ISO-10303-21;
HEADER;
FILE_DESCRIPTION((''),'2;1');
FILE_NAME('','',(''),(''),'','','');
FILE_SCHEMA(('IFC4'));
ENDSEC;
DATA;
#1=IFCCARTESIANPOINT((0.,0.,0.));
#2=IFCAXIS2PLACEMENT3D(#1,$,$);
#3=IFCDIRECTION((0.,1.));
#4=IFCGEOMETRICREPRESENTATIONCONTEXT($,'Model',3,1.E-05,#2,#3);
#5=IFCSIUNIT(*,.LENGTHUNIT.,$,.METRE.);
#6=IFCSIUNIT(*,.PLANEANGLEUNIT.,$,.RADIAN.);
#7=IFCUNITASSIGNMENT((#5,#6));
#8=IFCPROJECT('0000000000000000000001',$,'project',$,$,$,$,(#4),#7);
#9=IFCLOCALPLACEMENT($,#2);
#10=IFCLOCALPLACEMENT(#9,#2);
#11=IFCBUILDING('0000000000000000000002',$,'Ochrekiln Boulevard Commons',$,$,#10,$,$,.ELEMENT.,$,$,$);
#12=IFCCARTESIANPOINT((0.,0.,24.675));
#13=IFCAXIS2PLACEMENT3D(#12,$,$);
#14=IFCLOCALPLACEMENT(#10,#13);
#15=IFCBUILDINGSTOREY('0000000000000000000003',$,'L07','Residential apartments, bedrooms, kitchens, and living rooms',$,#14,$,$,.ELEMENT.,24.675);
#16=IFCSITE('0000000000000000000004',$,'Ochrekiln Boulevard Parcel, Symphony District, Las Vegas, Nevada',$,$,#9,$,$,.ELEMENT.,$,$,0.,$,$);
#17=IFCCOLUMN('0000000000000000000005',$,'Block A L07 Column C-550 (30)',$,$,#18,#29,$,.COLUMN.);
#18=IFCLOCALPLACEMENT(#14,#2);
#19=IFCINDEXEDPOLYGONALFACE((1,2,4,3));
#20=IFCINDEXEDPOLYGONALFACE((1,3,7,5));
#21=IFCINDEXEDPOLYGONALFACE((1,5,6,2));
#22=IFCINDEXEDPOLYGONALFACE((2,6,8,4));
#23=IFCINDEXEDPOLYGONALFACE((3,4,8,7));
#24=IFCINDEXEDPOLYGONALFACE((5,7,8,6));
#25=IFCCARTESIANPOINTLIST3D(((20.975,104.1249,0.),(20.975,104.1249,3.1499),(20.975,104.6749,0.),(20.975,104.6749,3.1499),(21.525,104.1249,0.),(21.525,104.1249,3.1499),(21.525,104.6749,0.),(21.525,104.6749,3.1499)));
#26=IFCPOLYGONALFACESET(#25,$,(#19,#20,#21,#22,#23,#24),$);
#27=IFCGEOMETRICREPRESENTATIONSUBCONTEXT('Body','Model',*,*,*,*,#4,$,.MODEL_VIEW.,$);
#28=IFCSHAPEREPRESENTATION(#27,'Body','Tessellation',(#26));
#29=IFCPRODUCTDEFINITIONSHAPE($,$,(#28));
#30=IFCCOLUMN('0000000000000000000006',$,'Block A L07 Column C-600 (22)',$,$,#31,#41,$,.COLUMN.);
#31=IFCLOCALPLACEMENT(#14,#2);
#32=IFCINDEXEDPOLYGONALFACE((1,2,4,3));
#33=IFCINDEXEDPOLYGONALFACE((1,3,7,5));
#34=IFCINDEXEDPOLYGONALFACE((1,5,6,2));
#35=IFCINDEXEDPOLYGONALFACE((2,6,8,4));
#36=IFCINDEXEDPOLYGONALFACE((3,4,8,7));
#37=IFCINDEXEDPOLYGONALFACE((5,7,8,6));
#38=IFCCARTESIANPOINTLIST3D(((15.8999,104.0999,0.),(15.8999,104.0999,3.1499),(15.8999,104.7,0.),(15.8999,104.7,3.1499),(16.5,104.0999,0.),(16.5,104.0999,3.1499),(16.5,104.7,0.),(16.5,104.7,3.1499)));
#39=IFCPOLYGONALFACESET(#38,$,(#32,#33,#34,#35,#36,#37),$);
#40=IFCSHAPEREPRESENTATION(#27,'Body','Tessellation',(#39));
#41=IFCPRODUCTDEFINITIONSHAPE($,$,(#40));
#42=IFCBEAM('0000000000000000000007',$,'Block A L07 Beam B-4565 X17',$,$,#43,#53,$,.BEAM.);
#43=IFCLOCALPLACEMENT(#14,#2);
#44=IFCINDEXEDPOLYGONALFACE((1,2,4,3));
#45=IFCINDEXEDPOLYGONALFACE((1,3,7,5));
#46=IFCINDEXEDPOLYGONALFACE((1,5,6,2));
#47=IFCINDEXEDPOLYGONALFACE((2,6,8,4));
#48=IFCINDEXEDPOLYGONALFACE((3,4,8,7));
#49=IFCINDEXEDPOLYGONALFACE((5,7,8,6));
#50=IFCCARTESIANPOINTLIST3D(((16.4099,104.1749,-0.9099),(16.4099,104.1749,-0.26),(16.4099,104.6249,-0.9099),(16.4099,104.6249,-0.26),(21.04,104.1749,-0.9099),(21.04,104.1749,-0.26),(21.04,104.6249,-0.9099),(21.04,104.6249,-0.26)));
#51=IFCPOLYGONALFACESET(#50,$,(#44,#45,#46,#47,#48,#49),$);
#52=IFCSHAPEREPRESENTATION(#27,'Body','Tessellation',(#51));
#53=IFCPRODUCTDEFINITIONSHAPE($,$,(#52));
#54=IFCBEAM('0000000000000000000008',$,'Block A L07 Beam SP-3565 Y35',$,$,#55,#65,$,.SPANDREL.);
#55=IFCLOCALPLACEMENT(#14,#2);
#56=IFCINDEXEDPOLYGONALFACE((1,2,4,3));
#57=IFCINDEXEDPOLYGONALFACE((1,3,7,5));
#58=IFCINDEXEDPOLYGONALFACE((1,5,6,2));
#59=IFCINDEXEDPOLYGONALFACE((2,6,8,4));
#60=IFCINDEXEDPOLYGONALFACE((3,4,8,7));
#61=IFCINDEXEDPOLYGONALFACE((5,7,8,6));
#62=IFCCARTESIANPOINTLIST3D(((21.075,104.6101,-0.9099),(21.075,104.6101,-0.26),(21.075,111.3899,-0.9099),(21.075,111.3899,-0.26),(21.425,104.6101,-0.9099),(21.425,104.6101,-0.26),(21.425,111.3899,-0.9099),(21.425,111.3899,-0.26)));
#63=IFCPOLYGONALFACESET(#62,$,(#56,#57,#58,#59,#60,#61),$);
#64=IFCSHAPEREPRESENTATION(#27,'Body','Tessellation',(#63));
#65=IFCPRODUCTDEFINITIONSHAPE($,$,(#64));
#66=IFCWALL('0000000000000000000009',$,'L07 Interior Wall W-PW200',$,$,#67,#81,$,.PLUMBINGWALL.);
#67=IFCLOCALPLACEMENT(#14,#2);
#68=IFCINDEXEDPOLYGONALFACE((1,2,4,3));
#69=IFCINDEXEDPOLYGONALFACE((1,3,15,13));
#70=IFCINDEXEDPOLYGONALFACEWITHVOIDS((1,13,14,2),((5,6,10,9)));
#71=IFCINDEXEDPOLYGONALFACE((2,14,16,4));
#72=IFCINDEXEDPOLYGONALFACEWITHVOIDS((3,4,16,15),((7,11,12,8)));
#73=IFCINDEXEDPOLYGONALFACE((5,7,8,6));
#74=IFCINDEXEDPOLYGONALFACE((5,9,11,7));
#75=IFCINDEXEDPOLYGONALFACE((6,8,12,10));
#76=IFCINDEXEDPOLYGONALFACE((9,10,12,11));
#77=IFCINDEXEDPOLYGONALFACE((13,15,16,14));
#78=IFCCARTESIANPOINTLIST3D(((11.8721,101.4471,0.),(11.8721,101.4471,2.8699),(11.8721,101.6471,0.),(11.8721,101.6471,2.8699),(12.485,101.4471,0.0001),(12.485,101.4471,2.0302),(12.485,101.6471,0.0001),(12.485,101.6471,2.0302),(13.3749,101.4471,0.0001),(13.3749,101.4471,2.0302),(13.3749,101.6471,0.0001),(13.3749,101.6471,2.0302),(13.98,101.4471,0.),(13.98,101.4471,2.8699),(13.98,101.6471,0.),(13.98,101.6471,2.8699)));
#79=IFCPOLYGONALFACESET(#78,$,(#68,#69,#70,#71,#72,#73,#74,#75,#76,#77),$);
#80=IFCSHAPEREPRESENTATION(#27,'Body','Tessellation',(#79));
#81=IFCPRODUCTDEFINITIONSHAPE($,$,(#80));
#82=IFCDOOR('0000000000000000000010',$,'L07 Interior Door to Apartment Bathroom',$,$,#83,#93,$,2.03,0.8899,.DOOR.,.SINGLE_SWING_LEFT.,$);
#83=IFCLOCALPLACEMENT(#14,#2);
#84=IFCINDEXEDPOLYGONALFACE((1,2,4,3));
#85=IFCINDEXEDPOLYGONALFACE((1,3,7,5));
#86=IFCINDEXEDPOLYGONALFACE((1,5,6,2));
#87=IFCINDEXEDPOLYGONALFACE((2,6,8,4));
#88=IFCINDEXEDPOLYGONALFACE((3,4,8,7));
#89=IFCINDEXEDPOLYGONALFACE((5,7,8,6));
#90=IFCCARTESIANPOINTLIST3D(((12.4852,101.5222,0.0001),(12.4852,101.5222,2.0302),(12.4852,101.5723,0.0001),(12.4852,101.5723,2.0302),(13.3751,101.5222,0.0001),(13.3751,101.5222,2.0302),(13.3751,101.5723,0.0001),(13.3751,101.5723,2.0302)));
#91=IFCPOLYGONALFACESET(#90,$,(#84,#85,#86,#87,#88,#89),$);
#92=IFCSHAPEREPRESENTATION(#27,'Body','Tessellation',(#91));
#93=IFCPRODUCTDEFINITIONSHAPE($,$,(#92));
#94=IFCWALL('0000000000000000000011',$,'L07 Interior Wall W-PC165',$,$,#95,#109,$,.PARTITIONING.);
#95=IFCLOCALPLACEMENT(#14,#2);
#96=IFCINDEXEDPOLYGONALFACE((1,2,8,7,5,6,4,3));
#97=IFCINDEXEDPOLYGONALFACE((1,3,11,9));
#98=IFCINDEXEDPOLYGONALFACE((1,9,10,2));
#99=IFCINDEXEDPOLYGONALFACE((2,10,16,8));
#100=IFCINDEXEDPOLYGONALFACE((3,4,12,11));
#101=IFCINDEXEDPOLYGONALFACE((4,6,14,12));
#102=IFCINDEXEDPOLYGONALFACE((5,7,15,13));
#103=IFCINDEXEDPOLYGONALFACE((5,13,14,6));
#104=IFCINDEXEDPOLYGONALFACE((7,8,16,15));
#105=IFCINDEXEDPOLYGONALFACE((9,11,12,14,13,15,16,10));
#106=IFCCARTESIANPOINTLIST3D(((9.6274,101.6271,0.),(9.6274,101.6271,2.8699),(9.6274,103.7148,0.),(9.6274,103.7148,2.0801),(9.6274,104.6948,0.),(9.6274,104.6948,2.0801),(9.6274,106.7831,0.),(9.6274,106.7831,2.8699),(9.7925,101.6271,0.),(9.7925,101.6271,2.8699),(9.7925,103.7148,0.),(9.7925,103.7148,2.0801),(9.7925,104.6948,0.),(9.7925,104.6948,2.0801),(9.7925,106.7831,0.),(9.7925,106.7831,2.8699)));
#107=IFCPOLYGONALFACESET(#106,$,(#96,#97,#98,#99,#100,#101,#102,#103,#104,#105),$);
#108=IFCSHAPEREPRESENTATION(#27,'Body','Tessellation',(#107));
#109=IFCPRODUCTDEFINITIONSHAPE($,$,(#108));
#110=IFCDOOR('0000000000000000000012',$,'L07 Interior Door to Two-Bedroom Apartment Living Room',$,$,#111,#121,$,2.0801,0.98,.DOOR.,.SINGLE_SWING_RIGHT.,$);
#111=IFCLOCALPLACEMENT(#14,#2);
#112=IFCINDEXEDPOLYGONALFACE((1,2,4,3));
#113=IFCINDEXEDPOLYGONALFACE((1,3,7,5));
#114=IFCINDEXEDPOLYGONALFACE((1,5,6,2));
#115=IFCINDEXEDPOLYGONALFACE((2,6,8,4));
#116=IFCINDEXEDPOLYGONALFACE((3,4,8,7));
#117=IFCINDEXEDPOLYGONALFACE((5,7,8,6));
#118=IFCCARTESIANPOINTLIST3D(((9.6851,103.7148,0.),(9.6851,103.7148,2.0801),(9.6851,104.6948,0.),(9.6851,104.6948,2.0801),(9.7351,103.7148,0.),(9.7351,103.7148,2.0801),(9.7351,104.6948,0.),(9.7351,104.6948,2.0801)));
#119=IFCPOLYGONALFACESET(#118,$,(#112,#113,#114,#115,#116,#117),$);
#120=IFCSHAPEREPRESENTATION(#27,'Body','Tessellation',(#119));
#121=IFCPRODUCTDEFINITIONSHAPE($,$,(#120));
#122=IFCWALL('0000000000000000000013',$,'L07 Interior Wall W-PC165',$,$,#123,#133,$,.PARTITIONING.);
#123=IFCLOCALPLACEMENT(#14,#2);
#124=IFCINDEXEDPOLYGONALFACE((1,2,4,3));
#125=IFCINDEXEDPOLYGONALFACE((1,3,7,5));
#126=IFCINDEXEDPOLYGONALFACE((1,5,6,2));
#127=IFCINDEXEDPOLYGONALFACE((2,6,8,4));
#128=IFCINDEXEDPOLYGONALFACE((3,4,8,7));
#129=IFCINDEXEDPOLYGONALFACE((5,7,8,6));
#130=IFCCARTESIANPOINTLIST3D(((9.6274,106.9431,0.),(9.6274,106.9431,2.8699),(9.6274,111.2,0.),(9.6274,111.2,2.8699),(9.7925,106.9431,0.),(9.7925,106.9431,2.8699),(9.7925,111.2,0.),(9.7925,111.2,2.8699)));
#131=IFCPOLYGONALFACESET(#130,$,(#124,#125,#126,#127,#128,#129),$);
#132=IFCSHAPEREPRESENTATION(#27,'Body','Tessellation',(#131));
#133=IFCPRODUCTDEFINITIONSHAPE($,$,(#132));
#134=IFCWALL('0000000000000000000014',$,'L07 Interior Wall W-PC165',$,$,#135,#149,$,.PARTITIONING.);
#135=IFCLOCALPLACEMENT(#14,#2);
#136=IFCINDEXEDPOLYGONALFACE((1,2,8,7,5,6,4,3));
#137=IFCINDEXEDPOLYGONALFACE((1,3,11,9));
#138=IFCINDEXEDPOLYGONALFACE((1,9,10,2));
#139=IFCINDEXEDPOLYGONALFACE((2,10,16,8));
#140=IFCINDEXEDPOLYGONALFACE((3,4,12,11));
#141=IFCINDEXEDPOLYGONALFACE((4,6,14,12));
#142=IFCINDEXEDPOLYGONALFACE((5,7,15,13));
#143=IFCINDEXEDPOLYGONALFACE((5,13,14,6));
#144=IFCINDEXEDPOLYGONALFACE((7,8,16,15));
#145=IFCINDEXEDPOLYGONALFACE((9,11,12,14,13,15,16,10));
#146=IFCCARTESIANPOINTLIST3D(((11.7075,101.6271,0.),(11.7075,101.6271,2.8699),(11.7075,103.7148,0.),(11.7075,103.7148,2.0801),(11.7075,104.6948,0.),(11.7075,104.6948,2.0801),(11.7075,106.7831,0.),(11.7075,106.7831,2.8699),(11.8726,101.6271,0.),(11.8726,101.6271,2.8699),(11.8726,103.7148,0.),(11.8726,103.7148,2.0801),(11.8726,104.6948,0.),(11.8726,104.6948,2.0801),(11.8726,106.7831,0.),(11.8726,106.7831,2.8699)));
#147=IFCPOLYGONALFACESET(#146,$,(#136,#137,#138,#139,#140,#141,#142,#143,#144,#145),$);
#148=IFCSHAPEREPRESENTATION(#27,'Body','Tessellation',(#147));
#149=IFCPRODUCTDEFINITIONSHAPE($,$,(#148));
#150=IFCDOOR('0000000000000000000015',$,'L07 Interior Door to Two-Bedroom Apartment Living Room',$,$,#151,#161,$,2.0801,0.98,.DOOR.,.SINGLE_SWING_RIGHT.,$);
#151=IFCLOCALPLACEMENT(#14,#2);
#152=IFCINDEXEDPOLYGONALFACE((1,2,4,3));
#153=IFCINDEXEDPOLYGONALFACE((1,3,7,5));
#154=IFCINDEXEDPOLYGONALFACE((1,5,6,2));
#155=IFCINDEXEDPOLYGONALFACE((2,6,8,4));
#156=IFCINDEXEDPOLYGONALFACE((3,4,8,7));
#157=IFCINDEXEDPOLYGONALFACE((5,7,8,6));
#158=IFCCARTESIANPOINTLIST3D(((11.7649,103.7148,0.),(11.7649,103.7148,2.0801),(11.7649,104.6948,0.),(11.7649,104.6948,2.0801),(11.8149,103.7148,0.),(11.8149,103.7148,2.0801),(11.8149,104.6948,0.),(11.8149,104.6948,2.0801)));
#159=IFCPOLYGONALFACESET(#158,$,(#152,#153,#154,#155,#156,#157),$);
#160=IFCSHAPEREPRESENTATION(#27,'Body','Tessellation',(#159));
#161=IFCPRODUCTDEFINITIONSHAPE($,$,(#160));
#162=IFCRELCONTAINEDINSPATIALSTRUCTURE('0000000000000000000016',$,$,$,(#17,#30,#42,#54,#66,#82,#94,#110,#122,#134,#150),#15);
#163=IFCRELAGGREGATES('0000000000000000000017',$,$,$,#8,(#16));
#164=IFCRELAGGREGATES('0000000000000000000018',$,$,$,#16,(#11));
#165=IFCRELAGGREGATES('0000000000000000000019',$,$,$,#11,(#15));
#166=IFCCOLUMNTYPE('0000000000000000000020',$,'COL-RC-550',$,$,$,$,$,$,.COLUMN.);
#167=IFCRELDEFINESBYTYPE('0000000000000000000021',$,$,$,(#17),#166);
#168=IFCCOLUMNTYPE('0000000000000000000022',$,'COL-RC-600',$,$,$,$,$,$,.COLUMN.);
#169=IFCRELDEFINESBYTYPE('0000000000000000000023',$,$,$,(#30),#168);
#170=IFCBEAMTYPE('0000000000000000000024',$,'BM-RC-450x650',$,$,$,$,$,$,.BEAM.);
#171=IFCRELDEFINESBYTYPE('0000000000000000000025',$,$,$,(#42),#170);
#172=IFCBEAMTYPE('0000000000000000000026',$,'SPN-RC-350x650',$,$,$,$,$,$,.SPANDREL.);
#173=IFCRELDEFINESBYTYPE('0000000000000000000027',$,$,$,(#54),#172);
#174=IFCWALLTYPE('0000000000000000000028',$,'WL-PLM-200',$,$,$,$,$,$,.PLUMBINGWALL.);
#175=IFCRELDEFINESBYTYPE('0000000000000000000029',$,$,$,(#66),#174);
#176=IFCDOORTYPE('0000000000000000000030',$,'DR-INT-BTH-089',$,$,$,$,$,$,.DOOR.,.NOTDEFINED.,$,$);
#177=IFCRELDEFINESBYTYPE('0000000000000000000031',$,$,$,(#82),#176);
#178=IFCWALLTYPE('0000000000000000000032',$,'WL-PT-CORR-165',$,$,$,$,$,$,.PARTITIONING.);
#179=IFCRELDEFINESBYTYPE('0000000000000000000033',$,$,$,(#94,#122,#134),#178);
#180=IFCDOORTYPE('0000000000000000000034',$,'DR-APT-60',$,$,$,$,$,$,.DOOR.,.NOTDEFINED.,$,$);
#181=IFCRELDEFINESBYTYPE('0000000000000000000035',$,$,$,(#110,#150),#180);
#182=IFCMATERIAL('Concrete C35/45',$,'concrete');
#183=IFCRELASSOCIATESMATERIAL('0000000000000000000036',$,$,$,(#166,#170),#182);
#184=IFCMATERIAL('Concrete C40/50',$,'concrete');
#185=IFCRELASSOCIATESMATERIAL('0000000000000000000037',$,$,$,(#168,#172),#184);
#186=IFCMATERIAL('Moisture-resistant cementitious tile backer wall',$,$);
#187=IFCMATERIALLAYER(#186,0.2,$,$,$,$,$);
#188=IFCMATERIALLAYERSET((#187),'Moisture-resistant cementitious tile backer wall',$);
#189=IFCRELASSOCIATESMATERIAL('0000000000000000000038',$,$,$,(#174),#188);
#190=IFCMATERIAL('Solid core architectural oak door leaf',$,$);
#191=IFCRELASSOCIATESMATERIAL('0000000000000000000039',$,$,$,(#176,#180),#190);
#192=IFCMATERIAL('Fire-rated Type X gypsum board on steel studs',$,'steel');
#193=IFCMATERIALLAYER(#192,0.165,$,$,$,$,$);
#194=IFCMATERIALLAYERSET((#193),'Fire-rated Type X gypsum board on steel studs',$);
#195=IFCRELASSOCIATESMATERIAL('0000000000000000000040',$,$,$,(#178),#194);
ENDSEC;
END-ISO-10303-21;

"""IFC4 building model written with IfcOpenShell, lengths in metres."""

from ifc_helpers import new_model, si_unit, direction, frame, frame_2d, origin, origin_2d, place, context, subcontext, project, spatial, rectangle, extrude, material, layer, layer_set, material_profile, profile_set, type_object, element, fill, save


model = new_model("IFC4")

# Units and contexts
model_context = context("Model", 3, precision=1e-05, world=origin(), true_north=direction((0.0, 1.0)))
body_context = subcontext(model_context, "Body", "Model", "MODEL_VIEW")
ifc_project = project(units=[si_unit("LENGTHUNIT", "METRE"), si_unit("PLANEANGLEUNIT", "RADIAN")], contexts=[model_context])

# Site, building, storey
site_placement = place(None, origin())
site = spatial("IfcSite", under=ifc_project, at=site_placement, Name="Ochrekiln Boulevard Parcel, Symphony District, Las Vegas, Nevada", CompositionType="ELEMENT", RefElevation=0.0)
building_placement = place(site_placement, origin())
building = spatial("IfcBuilding", under=site, at=building_placement, Name="Ochrekiln Boulevard Commons", CompositionType="ELEMENT")
storey_placement = place(building_placement, frame((0.0, 0.0, 24.675)))
storey = spatial("IfcBuildingStorey", under=building, at=storey_placement, Name="L07", Description="Residential apartments, bedrooms, kitchens, and living rooms", CompositionType="ELEMENT", Elevation=24.675)

# Columns
ifc_material_1 = material(Name="Concrete C35/45", Category="concrete")
ifc_material_profile_1 = material_profile(ifc_material_1, rectangle(XDim=0.55, YDim=0.55, at=origin_2d()), Name="RC-COL-550x550")
ifc_profile_set_1 = profile_set([ifc_material_profile_1], Name="Concrete C35/45")
column_type_1 = type_object("IfcColumnType", Name="COL-RC-550", PredefinedType="COLUMN", material=ifc_profile_set_1)
column_1_placement = place(storey_placement, frame((21.25, 104.3999, 0.0), z_axis=(0.0, 0.0, 1.0), x_axis=(1.0, 0.0, 0.0)))
element("IfcColumn", 1, at=column_1_placement, inside=storey, type_object=column_type_1, Name="Block A L07 Column C-550 (30)", PredefinedType="COLUMN", context=body_context, shape_type="SweptSolid", body=[
    extrude(rectangle(XDim=0.55, YDim=0.55, at=origin_2d()), origin(), (0.0, 0.0, 1.0), 3.1499),
])
ifc_material_2 = material(Name="Concrete C40/50", Category="concrete")
ifc_material_profile_2 = material_profile(ifc_material_2, rectangle(XDim=0.6001, YDim=0.6001, at=origin_2d()), Name="RC-COL-600x600")
ifc_profile_set_2 = profile_set([ifc_material_profile_2], Name="Concrete C40/50")
column_type_2 = type_object("IfcColumnType", Name="COL-RC-600", PredefinedType="COLUMN", material=ifc_profile_set_2)
column_2_placement = place(storey_placement, frame((16.2, 104.3999, 0.0), z_axis=(0.0, 0.0, 1.0), x_axis=(1.0, 0.0, 0.0)))
element("IfcColumn", 2, at=column_2_placement, inside=storey, type_object=column_type_2, Name="Block A L07 Column C-600 (22)", PredefinedType="COLUMN", context=body_context, shape_type="SweptSolid", body=[
    extrude(rectangle(XDim=0.6001, YDim=0.6001, at=origin_2d()), origin(), (0.0, 0.0, 1.0), 3.1499),
])

# Beams
ifc_material_profile_3 = material_profile(ifc_material_1, rectangle(XDim=0.45, YDim=0.6499, at=origin_2d()), Name="RC-BM-450x650")
ifc_profile_set_3 = profile_set([ifc_material_profile_3], Name="Concrete C35/45")
beam_type_1 = type_object("IfcBeamType", Name="BM-RC-450x650", PredefinedType="BEAM", material=ifc_profile_set_3)
beam_1_placement = place(storey_placement, frame((16.4099, 104.3999, -0.585), z_axis=(1.0, 0.0, 0.0), x_axis=(0.0, 1.0, 0.0)))
element("IfcBeam", 3, at=beam_1_placement, inside=storey, type_object=beam_type_1, Name="Block A L07 Beam B-4565 X17", PredefinedType="BEAM", context=body_context, shape_type="SweptSolid", body=[
    extrude(rectangle(XDim=0.45, YDim=0.6499, at=origin_2d()), origin(), (0.0, 0.0, 1.0), 4.6301),
])
ifc_material_profile_4 = material_profile(ifc_material_2, rectangle(XDim=0.3501, YDim=0.6499, at=origin_2d()), Name="RC-SPN-350x650")
ifc_profile_set_4 = profile_set([ifc_material_profile_4], Name="Concrete C40/50")
beam_type_2 = type_object("IfcBeamType", Name="SPN-RC-350x650", PredefinedType="SPANDREL", material=ifc_profile_set_4)
beam_2_placement = place(storey_placement, frame((21.25, 104.6101, -0.585), z_axis=(0.0, 1.0, 0.0), x_axis=(-1.0, 0.0, 0.0)))
element("IfcBeam", 4, at=beam_2_placement, inside=storey, type_object=beam_type_2, Name="Block A L07 Beam SP-3565 Y35", PredefinedType="SPANDREL", context=body_context, shape_type="SweptSolid", body=[
    extrude(rectangle(XDim=0.3501, YDim=0.6499, at=origin_2d()), origin(), (0.0, 0.0, 1.0), 6.7798),
])

# Walls, openings, doors
ifc_material_3 = material(Name="Moisture-resistant cementitious tile backer wall")
ifc_layer_1 = layer(ifc_material_3, 0.2)
ifc_layer_set_1 = layer_set([ifc_layer_1], Name="Moisture-resistant cementitious tile backer wall")
wall_type_1 = type_object("IfcWallType", Name="WL-PLM-200", PredefinedType="PLUMBINGWALL", material=ifc_layer_set_1)
wall_1_placement = place(storey_placement, frame((11.8721, 101.5471, 0.0), z_axis=(0.0, 0.0, 1.0), x_axis=(1.0, 0.0, 0.0)))
wall_1 = element("IfcWall", 5, at=wall_1_placement, inside=storey, type_object=wall_type_1, Name="L07 Interior Wall W-PW200", PredefinedType="PLUMBINGWALL", context=body_context, shape_type="SweptSolid", body=[
    extrude(rectangle(XDim=2.1079, YDim=0.2, at=frame_2d((1.054, 0.0))), origin(), (0.0, 0.0, 1.0), 2.8699),
])
opening_1_placement = place(wall_1_placement, frame((0.613, 0.0, 0.0)))
opening_1 = element("IfcOpeningElement", 6, at=opening_1_placement, cuts=wall_1, PredefinedType="OPENING", context=body_context, shape_type="SweptSolid", body=[
    extrude(rectangle(XDim=0.8899, YDim=2.03, at=frame_2d((0.4448, 1.0151))), frame((0.0, 0.1099, 0.0), z_axis=(0.0, -1.0, 0.0), x_axis=(1.0, 0.0, 0.0)), (0.0, 0.0, 1.0), 0.22),
])
ifc_material_4 = material(Name="Solid core architectural oak door leaf")
door_type_1 = type_object("IfcDoorType", Name="DR-INT-BTH-089", OperationType="NOTDEFINED", PredefinedType="DOOR", material=ifc_material_4)
door_1_placement = place(opening_1_placement, frame((0.8899, 0.0, 0.0), z_axis=(0.0, 0.0, 1.0), x_axis=(-1.0, 0.0, 0.0)))
door_1 = element("IfcDoor", 7, at=door_1_placement, inside=storey, type_object=door_type_1, Name="L07 Interior Door to Apartment Bathroom", OperationType="SINGLE_SWING_LEFT", OverallHeight=2.03, OverallWidth=0.8899, PredefinedType="DOOR", context=body_context, shape_type="SweptSolid", body=[
    extrude(rectangle(XDim=0.8899, YDim=2.03, at=frame_2d((0.4448, 1.0151))), frame((0.0, 0.0249, 0.0), z_axis=(0.0, -1.0, 0.0), x_axis=(1.0, 0.0, 0.0)), (0.0, 0.0, 1.0), 0.05),
])
fill(opening_1, door_1)
ifc_material_5 = material(Name="Fire-rated Type X gypsum board on steel studs", Category="steel")
ifc_layer_2 = layer(ifc_material_5, 0.165)
ifc_layer_set_2 = layer_set([ifc_layer_2], Name="Fire-rated Type X gypsum board on steel studs")
wall_type_2 = type_object("IfcWallType", Name="WL-PT-CORR-165", PredefinedType="PARTITIONING", material=ifc_layer_set_2)
wall_2_placement = place(storey_placement, frame((9.71, 101.627, 0.0), z_axis=(0.0, 0.0, 1.0), x_axis=(0.0, 1.0, 0.0)))
wall_2 = element("IfcWall", 8, at=wall_2_placement, inside=storey, type_object=wall_type_2, Name="L07 Interior Wall W-PC165", PredefinedType="PARTITIONING", context=body_context, shape_type="SweptSolid", body=[
    extrude(rectangle(XDim=5.156, YDim=0.165, at=frame_2d((2.5781, 0.0))), origin(), (0.0, 0.0, 1.0), 2.8699),
])
opening_2_placement = place(wall_2_placement, frame((2.0879, 0.0, 0.0)))
opening_2 = element("IfcOpeningElement", 9, at=opening_2_placement, cuts=wall_2, PredefinedType="OPENING", context=body_context, shape_type="SweptSolid", body=[
    extrude(rectangle(XDim=0.98, YDim=2.0801, at=frame_2d((0.49, 1.04))), frame((0.0, 0.0925, 0.0), z_axis=(0.0, -1.0, 0.0), x_axis=(1.0, 0.0, 0.0)), (0.0, 0.0, 1.0), 0.1851),
])
door_type_2 = type_object("IfcDoorType", Name="DR-APT-60", OperationType="NOTDEFINED", PredefinedType="DOOR", material=ifc_material_4)
door_2_placement = place(opening_2_placement, origin())
door_2 = element("IfcDoor", 10, at=door_2_placement, inside=storey, type_object=door_type_2, Name="L07 Interior Door to Two-Bedroom Apartment Living Room", OperationType="SINGLE_SWING_RIGHT", OverallHeight=2.0801, OverallWidth=0.98, PredefinedType="DOOR", context=body_context, shape_type="SweptSolid", body=[
    extrude(rectangle(XDim=0.98, YDim=2.0801, at=frame_2d((0.49, 1.04))), frame((0.0, 0.0249, 0.0), z_axis=(0.0, -1.0, 0.0), x_axis=(1.0, 0.0, 0.0)), (0.0, 0.0, 1.0), 0.05),
])
fill(opening_2, door_2)

# Wall
wall_3_placement = place(storey_placement, frame((9.71, 106.9431, 0.0), z_axis=(0.0, 0.0, 1.0), x_axis=(0.0, 1.0, 0.0)))
element("IfcWall", 11, at=wall_3_placement, inside=storey, type_object=wall_type_2, Name="L07 Interior Wall W-PC165", PredefinedType="PARTITIONING", context=body_context, shape_type="SweptSolid", body=[
    extrude(rectangle(XDim=4.2568, YDim=0.165, at=frame_2d((2.1284, 0.0))), origin(), (0.0, 0.0, 1.0), 2.8699),
])

# Wall, opening, door
wall_4_placement = place(storey_placement, frame((11.79, 101.627, 0.0), z_axis=(0.0, 0.0, 1.0), x_axis=(0.0, 1.0, 0.0)))
wall_4 = element("IfcWall", 12, at=wall_4_placement, inside=storey, type_object=wall_type_2, Name="L07 Interior Wall W-PC165", PredefinedType="PARTITIONING", context=body_context, shape_type="SweptSolid", body=[
    extrude(rectangle(XDim=5.156, YDim=0.165, at=frame_2d((2.5781, 0.0))), origin(), (0.0, 0.0, 1.0), 2.8699),
])
opening_3_placement = place(wall_4_placement, frame((2.0879, 0.0, 0.0)))
opening_3 = element("IfcOpeningElement", 13, at=opening_3_placement, cuts=wall_4, PredefinedType="OPENING", context=body_context, shape_type="SweptSolid", body=[
    extrude(rectangle(XDim=0.98, YDim=2.0801, at=frame_2d((0.49, 1.04))), frame((0.0, 0.0925, 0.0), z_axis=(0.0, -1.0, 0.0), x_axis=(1.0, 0.0, 0.0)), (0.0, 0.0, 1.0), 0.1851),
])
door_3_placement = place(opening_3_placement, frame((0.98, 0.0, 0.0), z_axis=(0.0, 0.0, 1.0), x_axis=(-1.0, 0.0, 0.0)))
door_3 = element("IfcDoor", 14, at=door_3_placement, inside=storey, type_object=door_type_2, Name="L07 Interior Door to Two-Bedroom Apartment Living Room", OperationType="SINGLE_SWING_RIGHT", OverallHeight=2.0801, OverallWidth=0.98, PredefinedType="DOOR", context=body_context, shape_type="SweptSolid", body=[
    extrude(rectangle(XDim=0.98, YDim=2.0801, at=frame_2d((0.49, 1.04))), frame((0.0, 0.0249, 0.0), z_axis=(0.0, -1.0, 0.0), x_axis=(1.0, 0.0, 0.0)), (0.0, 0.0, 1.0), 0.05),
])
fill(opening_3, door_3)

save(model, "model.ifc")
